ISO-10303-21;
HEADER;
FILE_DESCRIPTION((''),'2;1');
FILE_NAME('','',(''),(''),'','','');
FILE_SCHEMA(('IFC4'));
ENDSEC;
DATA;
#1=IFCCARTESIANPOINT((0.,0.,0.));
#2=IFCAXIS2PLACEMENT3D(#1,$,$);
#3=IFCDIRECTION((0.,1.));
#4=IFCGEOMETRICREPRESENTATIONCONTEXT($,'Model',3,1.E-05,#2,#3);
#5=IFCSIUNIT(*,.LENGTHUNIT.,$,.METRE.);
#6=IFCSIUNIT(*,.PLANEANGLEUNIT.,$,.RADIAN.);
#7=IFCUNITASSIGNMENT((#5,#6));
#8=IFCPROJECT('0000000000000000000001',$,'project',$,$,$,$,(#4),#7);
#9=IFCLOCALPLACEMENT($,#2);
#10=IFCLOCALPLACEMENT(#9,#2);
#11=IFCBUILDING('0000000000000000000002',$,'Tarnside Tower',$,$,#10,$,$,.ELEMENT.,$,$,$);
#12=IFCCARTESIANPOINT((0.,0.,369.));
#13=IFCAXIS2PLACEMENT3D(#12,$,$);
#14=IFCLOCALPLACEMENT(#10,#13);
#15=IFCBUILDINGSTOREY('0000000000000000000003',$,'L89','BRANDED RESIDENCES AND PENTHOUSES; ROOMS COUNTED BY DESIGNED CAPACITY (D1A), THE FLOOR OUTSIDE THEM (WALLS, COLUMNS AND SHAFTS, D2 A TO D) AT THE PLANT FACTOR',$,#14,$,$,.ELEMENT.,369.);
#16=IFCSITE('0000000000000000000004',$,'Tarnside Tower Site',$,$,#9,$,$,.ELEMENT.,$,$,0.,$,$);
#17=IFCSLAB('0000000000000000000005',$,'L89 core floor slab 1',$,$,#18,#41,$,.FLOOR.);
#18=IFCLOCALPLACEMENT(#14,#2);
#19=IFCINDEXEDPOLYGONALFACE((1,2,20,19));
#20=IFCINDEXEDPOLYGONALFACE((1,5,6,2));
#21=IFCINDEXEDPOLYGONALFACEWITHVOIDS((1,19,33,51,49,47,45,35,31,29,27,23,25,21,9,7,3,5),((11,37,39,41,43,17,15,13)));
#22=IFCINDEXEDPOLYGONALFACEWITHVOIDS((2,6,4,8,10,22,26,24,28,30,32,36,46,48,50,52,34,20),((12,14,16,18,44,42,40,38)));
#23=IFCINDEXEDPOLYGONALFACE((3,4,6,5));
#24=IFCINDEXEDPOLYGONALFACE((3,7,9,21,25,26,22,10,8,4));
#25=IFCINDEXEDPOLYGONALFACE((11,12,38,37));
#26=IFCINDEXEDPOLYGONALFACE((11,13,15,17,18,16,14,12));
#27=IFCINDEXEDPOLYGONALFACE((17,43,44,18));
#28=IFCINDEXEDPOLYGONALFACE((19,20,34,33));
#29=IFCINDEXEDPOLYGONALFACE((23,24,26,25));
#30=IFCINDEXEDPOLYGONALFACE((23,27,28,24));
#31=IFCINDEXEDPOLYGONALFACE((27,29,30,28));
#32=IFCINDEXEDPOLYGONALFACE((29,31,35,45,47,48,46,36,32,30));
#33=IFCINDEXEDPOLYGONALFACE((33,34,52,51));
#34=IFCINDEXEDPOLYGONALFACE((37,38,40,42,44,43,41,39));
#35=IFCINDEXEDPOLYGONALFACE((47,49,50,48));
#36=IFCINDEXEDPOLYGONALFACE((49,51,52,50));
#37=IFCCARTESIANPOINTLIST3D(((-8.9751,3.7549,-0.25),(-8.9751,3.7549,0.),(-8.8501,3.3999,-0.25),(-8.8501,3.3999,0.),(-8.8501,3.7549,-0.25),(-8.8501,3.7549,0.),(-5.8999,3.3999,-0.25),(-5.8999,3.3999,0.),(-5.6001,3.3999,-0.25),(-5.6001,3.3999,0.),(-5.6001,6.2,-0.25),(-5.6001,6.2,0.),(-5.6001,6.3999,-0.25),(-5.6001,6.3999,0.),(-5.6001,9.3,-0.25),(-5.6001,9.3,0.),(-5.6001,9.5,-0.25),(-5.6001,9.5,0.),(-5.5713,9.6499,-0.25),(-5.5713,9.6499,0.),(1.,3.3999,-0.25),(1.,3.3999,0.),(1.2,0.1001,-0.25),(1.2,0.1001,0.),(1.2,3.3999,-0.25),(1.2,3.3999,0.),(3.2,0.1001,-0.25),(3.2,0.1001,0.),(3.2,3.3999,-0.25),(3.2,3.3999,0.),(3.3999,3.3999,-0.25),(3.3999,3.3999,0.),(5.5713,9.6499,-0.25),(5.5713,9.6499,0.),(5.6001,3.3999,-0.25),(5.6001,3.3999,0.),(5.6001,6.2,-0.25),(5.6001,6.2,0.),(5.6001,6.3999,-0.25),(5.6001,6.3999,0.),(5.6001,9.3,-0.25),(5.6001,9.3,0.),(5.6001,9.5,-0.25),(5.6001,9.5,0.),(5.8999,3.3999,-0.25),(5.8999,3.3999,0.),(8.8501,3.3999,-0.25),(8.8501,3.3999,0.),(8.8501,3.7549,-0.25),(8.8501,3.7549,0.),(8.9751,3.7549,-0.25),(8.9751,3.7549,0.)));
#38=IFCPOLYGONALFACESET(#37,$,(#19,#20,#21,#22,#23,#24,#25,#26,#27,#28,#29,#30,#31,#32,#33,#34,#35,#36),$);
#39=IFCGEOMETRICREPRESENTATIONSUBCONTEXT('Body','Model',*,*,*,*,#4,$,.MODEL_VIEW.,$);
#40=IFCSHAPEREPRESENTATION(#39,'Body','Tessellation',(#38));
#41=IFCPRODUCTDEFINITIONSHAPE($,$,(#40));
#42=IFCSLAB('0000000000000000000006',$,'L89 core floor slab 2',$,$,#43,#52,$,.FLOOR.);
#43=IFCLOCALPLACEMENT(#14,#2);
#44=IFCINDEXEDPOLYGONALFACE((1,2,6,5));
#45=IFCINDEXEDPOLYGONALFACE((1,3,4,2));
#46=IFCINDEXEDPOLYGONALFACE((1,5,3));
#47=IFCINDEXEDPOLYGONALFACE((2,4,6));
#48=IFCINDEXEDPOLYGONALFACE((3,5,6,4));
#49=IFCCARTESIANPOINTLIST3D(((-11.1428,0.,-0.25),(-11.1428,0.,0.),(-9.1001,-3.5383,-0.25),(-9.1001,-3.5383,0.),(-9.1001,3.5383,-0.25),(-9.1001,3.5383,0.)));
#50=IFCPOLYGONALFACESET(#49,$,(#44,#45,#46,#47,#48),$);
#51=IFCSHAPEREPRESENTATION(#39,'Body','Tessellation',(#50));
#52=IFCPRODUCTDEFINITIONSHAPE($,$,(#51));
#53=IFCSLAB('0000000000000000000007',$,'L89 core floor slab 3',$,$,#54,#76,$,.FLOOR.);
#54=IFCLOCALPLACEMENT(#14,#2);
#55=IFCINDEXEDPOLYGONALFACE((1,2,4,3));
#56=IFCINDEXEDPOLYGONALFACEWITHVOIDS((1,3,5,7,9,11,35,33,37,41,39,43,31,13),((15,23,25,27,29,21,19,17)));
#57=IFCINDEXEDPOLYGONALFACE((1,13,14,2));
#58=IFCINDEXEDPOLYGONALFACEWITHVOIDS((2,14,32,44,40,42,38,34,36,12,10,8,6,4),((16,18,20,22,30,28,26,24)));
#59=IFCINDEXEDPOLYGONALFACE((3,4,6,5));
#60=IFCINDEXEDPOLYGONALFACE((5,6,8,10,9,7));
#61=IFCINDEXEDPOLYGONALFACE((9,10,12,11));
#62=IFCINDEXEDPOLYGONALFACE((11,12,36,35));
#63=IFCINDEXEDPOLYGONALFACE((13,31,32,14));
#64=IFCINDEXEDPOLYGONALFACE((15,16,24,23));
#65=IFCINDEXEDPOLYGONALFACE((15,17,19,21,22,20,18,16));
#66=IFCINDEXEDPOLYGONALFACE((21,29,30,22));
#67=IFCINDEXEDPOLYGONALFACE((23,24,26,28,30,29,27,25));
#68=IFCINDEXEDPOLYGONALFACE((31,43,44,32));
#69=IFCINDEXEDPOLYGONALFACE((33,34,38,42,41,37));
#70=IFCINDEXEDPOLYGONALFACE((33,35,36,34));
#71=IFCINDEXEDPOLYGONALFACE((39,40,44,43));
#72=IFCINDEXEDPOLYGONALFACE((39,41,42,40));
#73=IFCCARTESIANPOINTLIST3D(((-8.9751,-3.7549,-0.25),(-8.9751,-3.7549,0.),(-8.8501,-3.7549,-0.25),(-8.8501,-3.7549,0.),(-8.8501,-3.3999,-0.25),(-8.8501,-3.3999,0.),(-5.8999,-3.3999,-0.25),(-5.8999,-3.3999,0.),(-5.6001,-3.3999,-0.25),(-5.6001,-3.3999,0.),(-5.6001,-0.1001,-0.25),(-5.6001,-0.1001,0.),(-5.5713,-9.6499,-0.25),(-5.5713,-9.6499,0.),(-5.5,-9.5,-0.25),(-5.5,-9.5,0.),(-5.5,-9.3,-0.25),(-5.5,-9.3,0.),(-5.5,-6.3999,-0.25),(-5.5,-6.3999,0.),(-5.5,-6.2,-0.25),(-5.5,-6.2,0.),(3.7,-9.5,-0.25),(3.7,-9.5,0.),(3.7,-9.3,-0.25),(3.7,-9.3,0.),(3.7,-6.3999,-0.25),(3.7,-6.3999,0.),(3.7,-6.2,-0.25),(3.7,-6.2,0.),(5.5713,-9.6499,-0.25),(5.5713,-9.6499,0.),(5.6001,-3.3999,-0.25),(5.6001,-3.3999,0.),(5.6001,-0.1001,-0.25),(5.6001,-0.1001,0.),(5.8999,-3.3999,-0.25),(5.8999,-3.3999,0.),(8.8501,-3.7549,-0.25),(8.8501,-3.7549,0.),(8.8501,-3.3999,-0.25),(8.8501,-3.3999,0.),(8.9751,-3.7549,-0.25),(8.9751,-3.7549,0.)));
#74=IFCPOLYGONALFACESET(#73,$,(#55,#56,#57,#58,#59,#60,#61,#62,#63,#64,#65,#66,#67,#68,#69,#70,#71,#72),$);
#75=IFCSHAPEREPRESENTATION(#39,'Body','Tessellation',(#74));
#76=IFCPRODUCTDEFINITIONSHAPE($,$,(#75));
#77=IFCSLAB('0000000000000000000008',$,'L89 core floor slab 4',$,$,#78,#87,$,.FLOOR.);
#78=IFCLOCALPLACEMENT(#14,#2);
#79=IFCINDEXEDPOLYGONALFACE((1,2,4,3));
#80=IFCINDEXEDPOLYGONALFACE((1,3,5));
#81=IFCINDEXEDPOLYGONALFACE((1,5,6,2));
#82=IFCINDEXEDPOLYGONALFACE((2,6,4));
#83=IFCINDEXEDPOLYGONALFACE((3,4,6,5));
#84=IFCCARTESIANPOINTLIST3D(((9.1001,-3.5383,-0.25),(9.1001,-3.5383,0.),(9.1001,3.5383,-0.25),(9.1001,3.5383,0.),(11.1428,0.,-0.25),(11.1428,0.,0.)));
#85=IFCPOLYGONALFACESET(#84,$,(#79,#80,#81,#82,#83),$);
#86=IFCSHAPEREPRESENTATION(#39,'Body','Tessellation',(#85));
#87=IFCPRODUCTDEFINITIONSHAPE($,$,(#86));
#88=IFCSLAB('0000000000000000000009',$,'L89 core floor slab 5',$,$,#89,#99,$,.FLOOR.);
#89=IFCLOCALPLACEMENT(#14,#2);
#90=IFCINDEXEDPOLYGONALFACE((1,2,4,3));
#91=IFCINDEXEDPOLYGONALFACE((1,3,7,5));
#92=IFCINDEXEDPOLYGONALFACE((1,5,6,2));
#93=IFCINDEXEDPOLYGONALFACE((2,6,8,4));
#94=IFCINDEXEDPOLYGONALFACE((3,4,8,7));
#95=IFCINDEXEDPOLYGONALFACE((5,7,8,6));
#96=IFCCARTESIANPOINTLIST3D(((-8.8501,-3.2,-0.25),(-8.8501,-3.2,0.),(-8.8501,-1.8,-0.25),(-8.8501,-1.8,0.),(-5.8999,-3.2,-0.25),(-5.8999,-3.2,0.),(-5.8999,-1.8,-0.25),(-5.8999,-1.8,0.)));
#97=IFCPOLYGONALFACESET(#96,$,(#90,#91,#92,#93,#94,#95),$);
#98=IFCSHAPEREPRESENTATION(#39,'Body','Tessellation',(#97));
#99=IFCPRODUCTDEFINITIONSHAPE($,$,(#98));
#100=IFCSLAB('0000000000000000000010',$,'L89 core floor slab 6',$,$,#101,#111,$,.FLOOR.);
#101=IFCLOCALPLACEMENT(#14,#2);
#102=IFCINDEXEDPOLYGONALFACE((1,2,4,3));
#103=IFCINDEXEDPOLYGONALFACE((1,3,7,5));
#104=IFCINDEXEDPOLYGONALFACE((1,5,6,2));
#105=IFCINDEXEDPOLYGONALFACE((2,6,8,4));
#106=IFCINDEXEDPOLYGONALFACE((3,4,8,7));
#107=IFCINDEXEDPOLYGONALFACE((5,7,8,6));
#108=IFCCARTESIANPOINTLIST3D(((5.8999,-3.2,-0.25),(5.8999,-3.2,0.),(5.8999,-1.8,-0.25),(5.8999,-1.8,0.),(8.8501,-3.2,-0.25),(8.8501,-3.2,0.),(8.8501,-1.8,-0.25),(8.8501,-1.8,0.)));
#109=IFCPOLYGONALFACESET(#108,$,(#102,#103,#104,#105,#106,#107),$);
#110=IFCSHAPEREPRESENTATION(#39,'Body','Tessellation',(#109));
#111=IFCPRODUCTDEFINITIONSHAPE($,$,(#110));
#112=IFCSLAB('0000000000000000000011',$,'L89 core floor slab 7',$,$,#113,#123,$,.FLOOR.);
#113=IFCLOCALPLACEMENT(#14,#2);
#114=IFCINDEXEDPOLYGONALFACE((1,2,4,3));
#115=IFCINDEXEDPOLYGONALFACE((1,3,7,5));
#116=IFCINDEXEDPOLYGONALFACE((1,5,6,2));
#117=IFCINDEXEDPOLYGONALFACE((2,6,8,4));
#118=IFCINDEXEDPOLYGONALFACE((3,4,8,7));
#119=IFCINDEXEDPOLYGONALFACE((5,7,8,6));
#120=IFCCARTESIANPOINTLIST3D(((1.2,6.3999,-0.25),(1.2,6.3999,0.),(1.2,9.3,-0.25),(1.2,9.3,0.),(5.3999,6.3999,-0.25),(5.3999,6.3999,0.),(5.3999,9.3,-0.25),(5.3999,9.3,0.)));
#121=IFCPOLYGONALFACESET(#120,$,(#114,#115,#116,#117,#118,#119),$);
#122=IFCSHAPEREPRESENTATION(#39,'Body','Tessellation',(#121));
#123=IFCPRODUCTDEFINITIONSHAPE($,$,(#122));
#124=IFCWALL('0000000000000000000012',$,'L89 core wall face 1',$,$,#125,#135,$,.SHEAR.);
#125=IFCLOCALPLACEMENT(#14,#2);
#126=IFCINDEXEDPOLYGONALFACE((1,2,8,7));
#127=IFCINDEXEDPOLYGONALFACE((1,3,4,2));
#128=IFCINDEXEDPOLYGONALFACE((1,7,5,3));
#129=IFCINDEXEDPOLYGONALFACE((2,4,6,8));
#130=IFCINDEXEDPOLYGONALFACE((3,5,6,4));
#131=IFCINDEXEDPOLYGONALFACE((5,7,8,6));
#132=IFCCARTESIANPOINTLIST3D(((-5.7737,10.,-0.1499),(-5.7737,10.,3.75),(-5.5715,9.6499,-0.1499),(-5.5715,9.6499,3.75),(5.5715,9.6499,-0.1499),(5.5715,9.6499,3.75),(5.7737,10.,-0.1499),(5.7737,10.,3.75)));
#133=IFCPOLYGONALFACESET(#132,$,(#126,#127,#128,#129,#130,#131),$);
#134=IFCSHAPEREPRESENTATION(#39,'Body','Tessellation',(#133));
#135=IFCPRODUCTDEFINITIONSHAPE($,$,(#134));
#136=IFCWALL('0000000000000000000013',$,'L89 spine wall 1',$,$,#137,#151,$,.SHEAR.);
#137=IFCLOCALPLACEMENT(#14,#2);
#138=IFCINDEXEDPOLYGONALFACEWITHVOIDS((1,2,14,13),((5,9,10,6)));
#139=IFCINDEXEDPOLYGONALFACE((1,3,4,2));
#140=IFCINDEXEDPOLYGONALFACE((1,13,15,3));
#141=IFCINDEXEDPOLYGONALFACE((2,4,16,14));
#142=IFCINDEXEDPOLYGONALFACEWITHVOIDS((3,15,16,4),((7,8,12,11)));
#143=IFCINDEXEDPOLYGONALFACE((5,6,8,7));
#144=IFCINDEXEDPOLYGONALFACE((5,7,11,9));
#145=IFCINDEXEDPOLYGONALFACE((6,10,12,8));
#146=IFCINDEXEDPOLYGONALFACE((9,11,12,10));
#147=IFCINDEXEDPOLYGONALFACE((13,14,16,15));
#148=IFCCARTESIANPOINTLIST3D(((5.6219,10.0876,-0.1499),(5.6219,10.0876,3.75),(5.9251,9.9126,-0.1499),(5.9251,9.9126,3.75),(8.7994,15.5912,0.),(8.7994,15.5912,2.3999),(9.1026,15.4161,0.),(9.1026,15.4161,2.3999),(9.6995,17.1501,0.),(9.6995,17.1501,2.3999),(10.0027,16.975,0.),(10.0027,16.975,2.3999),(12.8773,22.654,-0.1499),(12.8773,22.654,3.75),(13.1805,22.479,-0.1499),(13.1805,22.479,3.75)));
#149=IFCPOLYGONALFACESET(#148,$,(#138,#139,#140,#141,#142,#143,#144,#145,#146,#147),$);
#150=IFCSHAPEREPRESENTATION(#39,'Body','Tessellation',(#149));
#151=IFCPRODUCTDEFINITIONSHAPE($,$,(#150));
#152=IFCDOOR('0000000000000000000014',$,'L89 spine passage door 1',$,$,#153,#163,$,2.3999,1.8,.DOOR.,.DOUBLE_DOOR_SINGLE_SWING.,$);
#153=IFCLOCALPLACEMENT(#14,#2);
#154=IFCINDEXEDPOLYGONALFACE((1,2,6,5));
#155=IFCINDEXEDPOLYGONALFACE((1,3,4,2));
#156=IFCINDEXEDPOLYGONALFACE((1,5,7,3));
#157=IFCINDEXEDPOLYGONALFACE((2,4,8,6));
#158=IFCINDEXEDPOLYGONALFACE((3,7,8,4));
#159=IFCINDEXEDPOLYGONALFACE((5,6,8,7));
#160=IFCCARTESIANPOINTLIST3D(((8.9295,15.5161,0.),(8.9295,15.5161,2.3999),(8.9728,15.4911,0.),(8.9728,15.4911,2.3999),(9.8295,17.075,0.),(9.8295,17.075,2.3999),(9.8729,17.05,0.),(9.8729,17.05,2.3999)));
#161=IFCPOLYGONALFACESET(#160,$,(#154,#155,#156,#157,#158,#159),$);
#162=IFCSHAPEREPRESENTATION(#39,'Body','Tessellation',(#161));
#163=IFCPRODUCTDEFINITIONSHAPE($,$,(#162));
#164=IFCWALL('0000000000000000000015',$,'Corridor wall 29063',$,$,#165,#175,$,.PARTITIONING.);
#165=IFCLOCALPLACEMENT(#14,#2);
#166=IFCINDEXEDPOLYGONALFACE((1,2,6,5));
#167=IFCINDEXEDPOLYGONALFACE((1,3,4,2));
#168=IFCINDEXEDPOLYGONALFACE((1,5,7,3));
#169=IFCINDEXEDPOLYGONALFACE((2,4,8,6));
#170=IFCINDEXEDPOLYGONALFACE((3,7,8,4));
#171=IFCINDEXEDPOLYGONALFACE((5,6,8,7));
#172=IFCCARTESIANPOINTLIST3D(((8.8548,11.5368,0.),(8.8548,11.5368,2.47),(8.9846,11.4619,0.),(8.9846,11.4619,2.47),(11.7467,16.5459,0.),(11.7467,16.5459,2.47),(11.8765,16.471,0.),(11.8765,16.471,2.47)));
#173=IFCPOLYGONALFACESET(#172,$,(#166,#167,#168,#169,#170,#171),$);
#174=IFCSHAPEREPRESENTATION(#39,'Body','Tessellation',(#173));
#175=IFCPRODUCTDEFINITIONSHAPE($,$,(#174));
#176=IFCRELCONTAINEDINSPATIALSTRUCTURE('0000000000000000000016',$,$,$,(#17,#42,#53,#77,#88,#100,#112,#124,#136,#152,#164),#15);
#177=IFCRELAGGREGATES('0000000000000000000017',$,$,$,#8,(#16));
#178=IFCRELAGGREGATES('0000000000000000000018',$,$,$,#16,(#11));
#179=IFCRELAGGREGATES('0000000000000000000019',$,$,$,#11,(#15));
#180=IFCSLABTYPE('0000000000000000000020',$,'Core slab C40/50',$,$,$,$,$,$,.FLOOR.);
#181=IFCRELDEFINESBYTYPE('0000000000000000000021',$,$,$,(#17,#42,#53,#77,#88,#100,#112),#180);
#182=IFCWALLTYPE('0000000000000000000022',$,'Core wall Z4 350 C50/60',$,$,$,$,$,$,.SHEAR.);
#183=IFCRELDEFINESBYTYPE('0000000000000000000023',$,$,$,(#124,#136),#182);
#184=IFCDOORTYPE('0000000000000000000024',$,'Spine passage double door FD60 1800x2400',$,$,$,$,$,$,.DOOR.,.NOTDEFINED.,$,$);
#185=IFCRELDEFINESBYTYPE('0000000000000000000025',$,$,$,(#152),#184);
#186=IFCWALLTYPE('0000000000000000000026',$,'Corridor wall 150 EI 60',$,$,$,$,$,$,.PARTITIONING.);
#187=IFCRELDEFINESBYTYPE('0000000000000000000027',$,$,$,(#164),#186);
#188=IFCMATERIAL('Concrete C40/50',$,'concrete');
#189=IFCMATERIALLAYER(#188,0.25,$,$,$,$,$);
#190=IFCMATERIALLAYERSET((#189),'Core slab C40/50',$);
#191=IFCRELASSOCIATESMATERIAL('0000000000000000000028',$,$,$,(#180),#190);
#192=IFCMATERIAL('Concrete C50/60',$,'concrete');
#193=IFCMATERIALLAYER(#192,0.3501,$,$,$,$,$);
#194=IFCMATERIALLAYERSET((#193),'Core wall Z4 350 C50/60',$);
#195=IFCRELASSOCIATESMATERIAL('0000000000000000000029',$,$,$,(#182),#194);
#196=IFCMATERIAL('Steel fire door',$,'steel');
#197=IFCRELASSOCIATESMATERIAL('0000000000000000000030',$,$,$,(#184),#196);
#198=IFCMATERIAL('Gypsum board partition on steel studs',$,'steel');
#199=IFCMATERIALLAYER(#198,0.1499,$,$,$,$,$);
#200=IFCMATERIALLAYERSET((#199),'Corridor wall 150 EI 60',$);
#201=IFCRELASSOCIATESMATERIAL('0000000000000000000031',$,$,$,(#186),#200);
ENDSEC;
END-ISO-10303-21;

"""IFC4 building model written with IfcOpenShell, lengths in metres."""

from ifc_helpers import new_model, si_unit, direction, frame, frame_2d, origin, place, context, subcontext, project, spatial, polyline, rectangle, outline, extrude, material, layer, layer_set, type_object, element, fill, save


model = new_model("IFC4")

# Units and contexts
model_context = context("Model", 3, precision=1e-05, world=origin(), true_north=direction((0.0, 1.0)))
body_context = subcontext(model_context, "Body", "Model", "MODEL_VIEW")
ifc_project = project(units=[si_unit("LENGTHUNIT", "METRE"), si_unit("PLANEANGLEUNIT", "RADIAN")], contexts=[model_context])

# Site, building, storey
site_placement = place(None, origin())
site = spatial("IfcSite", under=ifc_project, at=site_placement, Name="Tarnside Tower Site", CompositionType="ELEMENT", RefElevation=0.0)
building_placement = place(site_placement, origin())
building = spatial("IfcBuilding", under=site, at=building_placement, Name="Tarnside Tower", CompositionType="ELEMENT")
storey_placement = place(building_placement, frame((0.0, 0.0, 369.0)))
storey = spatial("IfcBuildingStorey", under=building, at=storey_placement, Name="L89", Description="BRANDED RESIDENCES AND PENTHOUSES; ROOMS COUNTED BY DESIGNED CAPACITY (D1A), THE FLOOR OUTSIDE THEM (WALLS, COLUMNS AND SHAFTS, D2 A TO D) AT THE PLANT FACTOR", CompositionType="ELEMENT", Elevation=369.0)

# Slabs
ifc_material_1 = material(Name="Concrete C40/50", Category="concrete")
ifc_layer_1 = layer(ifc_material_1, 0.25)
ifc_layer_set_1 = layer_set([ifc_layer_1], Name="Core slab C40/50")
slab_type = type_object("IfcSlabType", Name="Core slab C40/50", PredefinedType="FLOOR", material=ifc_layer_set_1)
slab_1_placement = place(storey_placement, frame((0.0, 0.0, -0.25)))
element("IfcSlab", 1, at=slab_1_placement, inside=storey, type_object=slab_type, Name="L89 core floor slab 1", PredefinedType="FLOOR", context=body_context, shape_type="SweptSolid", body=[
    extrude(outline(polyline([(5.5713, 9.6499), (8.9751, 3.7549), (8.8501, 3.7549), (8.8501, 3.3999), (5.8999, 3.3999), (5.6001, 3.3999), (3.3999, 3.3999), (3.2, 3.3999), (3.2, 0.1001), (1.2, 0.1001), (1.2, 3.3999), (1.0, 3.3999), (-5.6001, 3.3999), (-5.8999, 3.3999), (-8.8501, 3.3999), (-8.8501, 3.7549), (-8.9751, 3.7549), (-5.5713, 9.6499), (5.5713, 9.6499)]), holes=[polyline([(-5.6001, 6.2), (5.6001, 6.2), (5.6001, 6.3999), (5.6001, 9.3), (5.6001, 9.5), (-5.6001, 9.5), (-5.6001, 9.3), (-5.6001, 6.3999), (-5.6001, 6.2)])]), origin(), (0.0, 0.0, 1.0), 0.25),
])
slab_2_placement = place(storey_placement, frame((0.0, 0.0, -0.25)))
element("IfcSlab", 2, at=slab_2_placement, inside=storey, type_object=slab_type, Name="L89 core floor slab 2", PredefinedType="FLOOR", context=body_context, shape_type="SweptSolid", body=[
    extrude(outline(polyline([(-9.1001, -3.5383), (-11.1428, 0.0), (-9.1001, 3.5383), (-9.1001, -3.5383)])), origin(), (0.0, 0.0, 1.0), 0.25),
])
slab_3_placement = place(storey_placement, frame((0.0, 0.0, -0.25)))
element("IfcSlab", 3, at=slab_3_placement, inside=storey, type_object=slab_type, Name="L89 core floor slab 3", PredefinedType="FLOOR", context=body_context, shape_type="SweptSolid", body=[
    extrude(outline(polyline([(-8.8501, -3.7549), (-8.8501, -3.3999), (-5.8999, -3.3999), (-5.6001, -3.3999), (-5.6001, -0.1001), (5.6001, -0.1001), (5.6001, -3.3999), (5.8999, -3.3999), (8.8501, -3.3999), (8.8501, -3.7549), (8.9751, -3.7549), (5.5713, -9.6499), (-5.5713, -9.6499), (-8.9751, -3.7549), (-8.8501, -3.7549)]), holes=[polyline([(-5.5, -9.5), (3.7, -9.5), (3.7, -9.3), (3.7, -6.3999), (3.7, -6.2), (-5.5, -6.2), (-5.5, -6.3999), (-5.5, -9.3), (-5.5, -9.5)])]), origin(), (0.0, 0.0, 1.0), 0.25),
])
slab_4_placement = place(storey_placement, frame((0.0, 0.0, -0.25)))
element("IfcSlab", 4, at=slab_4_placement, inside=storey, type_object=slab_type, Name="L89 core floor slab 4", PredefinedType="FLOOR", context=body_context, shape_type="SweptSolid", body=[
    extrude(outline(polyline([(9.1001, 3.5383), (11.1428, 0.0), (9.1001, -3.5383), (9.1001, 3.5383)])), origin(), (0.0, 0.0, 1.0), 0.25),
])
slab_5_placement = place(storey_placement, frame((0.0, 0.0, -0.25)))
element("IfcSlab", 5, at=slab_5_placement, inside=storey, type_object=slab_type, Name="L89 core floor slab 5", PredefinedType="FLOOR", context=body_context, shape_type="SweptSolid", body=[
    extrude(outline(polyline([(-8.8501, -3.2), (-8.8501, -1.8), (-5.8999, -1.8), (-5.8999, -3.2), (-8.8501, -3.2)])), origin(), (0.0, 0.0, 1.0), 0.25),
])
slab_6_placement = place(storey_placement, frame((0.0, 0.0, -0.25)))
element("IfcSlab", 6, at=slab_6_placement, inside=storey, type_object=slab_type, Name="L89 core floor slab 6", PredefinedType="FLOOR", context=body_context, shape_type="SweptSolid", body=[
    extrude(outline(polyline([(5.8999, -1.8), (8.8501, -1.8), (8.8501, -3.2), (5.8999, -3.2), (5.8999, -1.8)])), origin(), (0.0, 0.0, 1.0), 0.25),
])
slab_7_placement = place(storey_placement, frame((0.0, 0.0, -0.25)))
element("IfcSlab", 7, at=slab_7_placement, inside=storey, type_object=slab_type, Name="L89 core floor slab 7", PredefinedType="FLOOR", context=body_context, shape_type="SweptSolid", body=[
    extrude(outline(polyline([(5.3999, 6.3999), (1.2, 6.3999), (1.2, 9.3), (5.3999, 9.3), (5.3999, 6.3999)])), origin(), (0.0, 0.0, 1.0), 0.25),
])

# Wall
ifc_material_2 = material(Name="Concrete C50/60", Category="concrete")
ifc_layer_2 = layer(ifc_material_2, 0.3501)
ifc_layer_set_2 = layer_set([ifc_layer_2], Name="Core wall Z4 350 C50/60")
wall_type_1 = type_object("IfcWallType", Name="Core wall Z4 350 C50/60", PredefinedType="SHEAR", material=ifc_layer_set_2)
wall_1_placement = place(storey_placement, frame((5.6726, 9.825, -0.1499), z_axis=(0.0, 0.0, 1.0), x_axis=(-1.0, 0.0, 0.0)))
element("IfcWall", 8, at=wall_1_placement, inside=storey, type_object=wall_type_1, Name="L89 core wall face 1", PredefinedType="SHEAR", context=body_context, shape_type="SweptSolid", body=[
    extrude(outline(polyline([(-0.1011, -0.175), (11.4463, -0.175), (11.2441, 0.175), (0.1011, 0.175), (-0.1011, -0.175)])), origin(), (0.0, 0.0, 1.0), 3.8999),
])

# Wall, opening, door
wall_2_placement = place(storey_placement, frame((5.7734, 10.0, -0.1499), z_axis=(0.0, 0.0, 1.0), x_axis=(0.500008, 0.866021, 0.0)))
wall_2 = element("IfcWall", 9, at=wall_2_placement, inside=storey, type_object=wall_type_1, Name="L89 spine wall 1", PredefinedType="SHEAR", context=body_context, shape_type="SweptSolid", body=[
    extrude(rectangle(XDim=14.5105, YDim=0.3501, at=frame_2d((7.2554, 0.0))), origin(), (0.0, 0.0, 1.0), 3.8999),
])
opening_1_placement = place(wall_2_placement, frame((6.3552, 0.0, 0.1499)))
opening_1 = element("IfcOpeningElement", 10, at=opening_1_placement, cuts=wall_2, PredefinedType="OPENING", context=body_context, shape_type="SweptSolid", body=[
    extrude(rectangle(XDim=1.8, YDim=2.3999, at=frame_2d((0.8999, 1.2))), frame((0.0, 0.1851, 0.0), z_axis=(0.0, -1.0, 0.0), x_axis=(1.0, 0.0, 0.0)), (0.0, 0.0, 1.0), 0.3701),
])
ifc_material_3 = material(Name="Steel fire door", Category="steel")
door_type_1 = type_object("IfcDoorType", Name="Spine passage double door FD60 1800x2400", OperationType="NOTDEFINED", PredefinedType="DOOR", material=ifc_material_3)
door_1_placement = place(opening_1_placement, origin())
door_1 = element("IfcDoor", 11, at=door_1_placement, inside=storey, type_object=door_type_1, Name="L89 spine passage door 1", OperationType="DOUBLE_DOOR_SINGLE_SWING", OverallHeight=2.3999, OverallWidth=1.8, PredefinedType="DOOR", context=body_context, shape_type="SweptSolid", body=[
    extrude(rectangle(XDim=1.8, YDim=2.3999, at=frame_2d((0.8999, 1.2))), frame((0.0, 0.0249, 0.0), z_axis=(0.0, -1.0, 0.0), x_axis=(1.0, 0.0, 0.0)), (0.0, 0.0, 1.0), 0.05),
])
fill(opening_1, door_1)

# Wall
ifc_material_4 = material(Name="Gypsum board partition on steel studs", Category="steel")
ifc_layer_3 = layer(ifc_material_4, 0.1499)
ifc_layer_set_3 = layer_set([ifc_layer_3], Name="Corridor wall 150 EI 60")
wall_type_2 = type_object("IfcWallType", Name="Corridor wall 150 EI 60", PredefinedType="PARTITIONING", material=ifc_layer_set_3)
wall_3_placement = place(storey_placement, frame((8.9197, 11.4993, 0.0), z_axis=(0.0, 0.0, 1.0), x_axis=(0.499984, 0.866034, 0.0)))
element("IfcWall", 12, at=wall_3_placement, inside=storey, type_object=wall_type_2, Name="Corridor wall 29063", PredefinedType="PARTITIONING", context=body_context, shape_type="SweptSolid", body=[
    extrude(rectangle(XDim=5.7839, YDim=0.1499, at=frame_2d((2.8921, 0.0))), origin(), (0.0, 0.0, 1.0), 2.47),
])

save(model, "model.ifc")
